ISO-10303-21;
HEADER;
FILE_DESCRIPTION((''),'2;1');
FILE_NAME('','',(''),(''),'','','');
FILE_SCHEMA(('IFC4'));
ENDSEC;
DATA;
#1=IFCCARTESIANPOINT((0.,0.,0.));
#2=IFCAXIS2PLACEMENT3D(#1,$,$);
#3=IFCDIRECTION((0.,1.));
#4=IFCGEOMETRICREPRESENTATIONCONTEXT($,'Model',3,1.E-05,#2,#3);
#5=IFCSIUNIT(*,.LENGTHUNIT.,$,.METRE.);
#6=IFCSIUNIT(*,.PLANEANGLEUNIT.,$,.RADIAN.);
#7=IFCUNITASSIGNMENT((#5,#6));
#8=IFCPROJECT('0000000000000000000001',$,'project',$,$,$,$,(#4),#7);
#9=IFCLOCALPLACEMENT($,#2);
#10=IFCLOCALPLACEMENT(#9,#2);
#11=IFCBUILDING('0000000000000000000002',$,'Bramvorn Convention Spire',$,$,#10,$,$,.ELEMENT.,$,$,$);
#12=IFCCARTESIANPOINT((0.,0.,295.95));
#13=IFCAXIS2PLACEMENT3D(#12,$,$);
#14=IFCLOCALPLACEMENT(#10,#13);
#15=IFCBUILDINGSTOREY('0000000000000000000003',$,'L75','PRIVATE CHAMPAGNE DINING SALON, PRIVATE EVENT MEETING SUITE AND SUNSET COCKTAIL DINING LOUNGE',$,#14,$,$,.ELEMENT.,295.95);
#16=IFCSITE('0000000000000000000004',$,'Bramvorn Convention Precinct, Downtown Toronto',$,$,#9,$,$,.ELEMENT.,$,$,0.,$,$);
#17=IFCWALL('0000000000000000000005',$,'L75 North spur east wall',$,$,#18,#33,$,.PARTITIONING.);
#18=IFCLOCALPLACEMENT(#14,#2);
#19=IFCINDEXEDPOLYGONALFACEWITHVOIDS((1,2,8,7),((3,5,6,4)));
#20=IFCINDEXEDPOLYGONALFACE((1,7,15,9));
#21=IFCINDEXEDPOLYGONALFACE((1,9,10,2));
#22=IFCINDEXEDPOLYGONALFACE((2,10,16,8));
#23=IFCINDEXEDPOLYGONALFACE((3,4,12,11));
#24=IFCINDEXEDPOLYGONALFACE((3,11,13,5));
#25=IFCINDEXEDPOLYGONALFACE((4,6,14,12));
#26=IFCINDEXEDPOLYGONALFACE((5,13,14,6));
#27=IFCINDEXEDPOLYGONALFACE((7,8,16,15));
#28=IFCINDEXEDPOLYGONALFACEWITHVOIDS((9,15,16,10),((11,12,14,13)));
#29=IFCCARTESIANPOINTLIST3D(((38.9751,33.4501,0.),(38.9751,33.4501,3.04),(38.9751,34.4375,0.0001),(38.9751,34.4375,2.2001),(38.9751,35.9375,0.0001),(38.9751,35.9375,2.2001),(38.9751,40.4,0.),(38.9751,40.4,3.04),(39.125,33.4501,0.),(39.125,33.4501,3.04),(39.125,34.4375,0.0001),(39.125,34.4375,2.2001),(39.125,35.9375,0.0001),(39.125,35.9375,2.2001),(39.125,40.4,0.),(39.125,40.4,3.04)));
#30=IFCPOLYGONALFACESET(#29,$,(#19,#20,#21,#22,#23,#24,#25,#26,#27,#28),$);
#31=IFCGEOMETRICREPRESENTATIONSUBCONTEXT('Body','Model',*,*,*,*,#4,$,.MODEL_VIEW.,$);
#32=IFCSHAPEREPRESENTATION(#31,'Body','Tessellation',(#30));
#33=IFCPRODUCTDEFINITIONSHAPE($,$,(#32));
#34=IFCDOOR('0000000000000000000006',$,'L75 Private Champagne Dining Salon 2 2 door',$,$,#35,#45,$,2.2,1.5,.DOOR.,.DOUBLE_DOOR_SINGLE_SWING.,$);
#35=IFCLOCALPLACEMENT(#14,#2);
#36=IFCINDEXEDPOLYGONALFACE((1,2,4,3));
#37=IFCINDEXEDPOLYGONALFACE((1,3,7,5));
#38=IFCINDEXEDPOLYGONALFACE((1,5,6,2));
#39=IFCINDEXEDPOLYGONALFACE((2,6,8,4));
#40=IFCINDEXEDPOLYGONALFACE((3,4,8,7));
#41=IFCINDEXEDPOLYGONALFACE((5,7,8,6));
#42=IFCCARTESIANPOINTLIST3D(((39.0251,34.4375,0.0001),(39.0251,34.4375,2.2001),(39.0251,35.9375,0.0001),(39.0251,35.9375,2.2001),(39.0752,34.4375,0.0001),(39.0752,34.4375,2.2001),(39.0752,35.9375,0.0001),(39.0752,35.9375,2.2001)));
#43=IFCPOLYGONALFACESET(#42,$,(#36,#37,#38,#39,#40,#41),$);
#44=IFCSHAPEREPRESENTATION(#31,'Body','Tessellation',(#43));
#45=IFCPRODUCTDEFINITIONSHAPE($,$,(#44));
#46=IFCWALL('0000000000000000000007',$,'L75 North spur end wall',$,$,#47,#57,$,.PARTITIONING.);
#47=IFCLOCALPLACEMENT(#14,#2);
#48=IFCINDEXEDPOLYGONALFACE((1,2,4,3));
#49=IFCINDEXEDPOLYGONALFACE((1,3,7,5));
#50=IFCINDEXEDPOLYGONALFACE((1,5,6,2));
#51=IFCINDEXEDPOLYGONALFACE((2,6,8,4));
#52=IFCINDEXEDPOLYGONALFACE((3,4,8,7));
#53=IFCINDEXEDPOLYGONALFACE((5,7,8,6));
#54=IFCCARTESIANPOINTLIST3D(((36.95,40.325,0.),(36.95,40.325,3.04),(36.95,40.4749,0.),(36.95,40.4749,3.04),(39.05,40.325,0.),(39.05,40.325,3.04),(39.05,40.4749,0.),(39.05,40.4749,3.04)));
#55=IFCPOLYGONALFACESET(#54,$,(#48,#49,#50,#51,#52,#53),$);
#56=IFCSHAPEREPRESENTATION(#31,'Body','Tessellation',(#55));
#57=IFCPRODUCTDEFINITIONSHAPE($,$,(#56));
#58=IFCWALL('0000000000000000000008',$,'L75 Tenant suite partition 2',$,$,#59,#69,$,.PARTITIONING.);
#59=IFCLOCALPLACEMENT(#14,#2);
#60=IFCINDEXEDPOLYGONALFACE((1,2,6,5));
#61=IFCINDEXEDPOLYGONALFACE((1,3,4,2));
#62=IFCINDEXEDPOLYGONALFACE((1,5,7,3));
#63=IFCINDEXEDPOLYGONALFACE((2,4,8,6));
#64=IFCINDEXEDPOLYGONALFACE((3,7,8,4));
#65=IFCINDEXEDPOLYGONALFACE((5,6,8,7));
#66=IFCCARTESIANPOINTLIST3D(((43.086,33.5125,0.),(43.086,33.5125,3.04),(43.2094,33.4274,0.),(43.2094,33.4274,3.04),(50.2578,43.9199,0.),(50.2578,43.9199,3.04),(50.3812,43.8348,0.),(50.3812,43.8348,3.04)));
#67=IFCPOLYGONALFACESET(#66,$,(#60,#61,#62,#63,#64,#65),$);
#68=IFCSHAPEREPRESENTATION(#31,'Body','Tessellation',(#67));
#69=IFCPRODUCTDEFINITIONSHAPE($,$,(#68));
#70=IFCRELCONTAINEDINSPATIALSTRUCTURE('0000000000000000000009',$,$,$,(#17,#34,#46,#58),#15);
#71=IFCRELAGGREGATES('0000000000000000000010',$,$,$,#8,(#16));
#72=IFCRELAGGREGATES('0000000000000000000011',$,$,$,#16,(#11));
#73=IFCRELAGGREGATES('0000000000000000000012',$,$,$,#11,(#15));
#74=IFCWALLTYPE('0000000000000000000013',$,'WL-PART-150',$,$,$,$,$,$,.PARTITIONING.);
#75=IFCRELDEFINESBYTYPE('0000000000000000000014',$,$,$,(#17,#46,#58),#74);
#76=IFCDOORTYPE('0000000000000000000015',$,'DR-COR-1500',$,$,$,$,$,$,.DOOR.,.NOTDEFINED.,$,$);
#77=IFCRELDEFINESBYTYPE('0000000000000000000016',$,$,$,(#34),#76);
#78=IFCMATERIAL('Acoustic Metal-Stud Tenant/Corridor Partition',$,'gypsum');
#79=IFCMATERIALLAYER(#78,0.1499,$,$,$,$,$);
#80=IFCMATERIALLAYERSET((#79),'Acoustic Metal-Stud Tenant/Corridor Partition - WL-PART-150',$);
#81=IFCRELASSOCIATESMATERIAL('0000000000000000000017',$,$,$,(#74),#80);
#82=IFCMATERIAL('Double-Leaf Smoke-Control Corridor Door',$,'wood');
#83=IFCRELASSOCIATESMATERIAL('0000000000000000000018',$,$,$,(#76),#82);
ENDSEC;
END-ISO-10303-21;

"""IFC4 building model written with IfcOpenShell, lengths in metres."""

from ifc_helpers import new_model, si_unit, direction, frame, frame_2d, origin, place, context, subcontext, project, spatial, rectangle, extrude, material, layer, layer_set, type_object, element, fill, save


model = new_model("IFC4")

# Units and contexts
model_context = context("Model", 3, precision=1e-05, world=origin(), true_north=direction((0.0, 1.0)))
body_context = subcontext(model_context, "Body", "Model", "MODEL_VIEW")
ifc_project = project(units=[si_unit("LENGTHUNIT", "METRE"), si_unit("PLANEANGLEUNIT", "RADIAN")], contexts=[model_context])

# Site, building, storey
site_placement = place(None, origin())
site = spatial("IfcSite", under=ifc_project, at=site_placement, Name="Bramvorn Convention Precinct, Downtown Toronto", CompositionType="ELEMENT", RefElevation=0.0)
building_placement = place(site_placement, origin())
building = spatial("IfcBuilding", under=site, at=building_placement, Name="Bramvorn Convention Spire", CompositionType="ELEMENT")
storey_placement = place(building_placement, frame((0.0, 0.0, 295.95)))
storey = spatial("IfcBuildingStorey", under=building, at=storey_placement, Name="L75", Description="PRIVATE CHAMPAGNE DINING SALON, PRIVATE EVENT MEETING SUITE AND SUNSET COCKTAIL DINING LOUNGE", CompositionType="ELEMENT", Elevation=295.95)

# Shared definitions
ifc_material_1 = material(Name="Acoustic Metal-Stud Tenant/Corridor Partition", Category="gypsum")
ifc_layer_1 = layer(ifc_material_1, 0.1499)
ifc_layer_set_1 = layer_set([ifc_layer_1], Name="Acoustic Metal-Stud Tenant/Corridor Partition - WL-PART-150")
wall_type_1 = type_object("IfcWallType", Name="WL-PART-150", PredefinedType="PARTITIONING", material=ifc_layer_set_1)

# Wall, opening, door
wall_1_placement = place(storey_placement, frame((39.05, 33.45, 0.0), z_axis=(0.0, 0.0, 1.0), x_axis=(0.0, 1.0, 0.0)))
wall_1 = element("IfcWall", 1, at=wall_1_placement, inside=storey, type_object=wall_type_1, Name="L75 North spur east wall", PredefinedType="PARTITIONING", context=body_context, shape_type="SweptSolid", body=[
    extrude(rectangle(XDim=6.95, YDim=0.1499, at=frame_2d((3.4751, 0.0))), origin(), (0.0, 0.0, 1.0), 3.04),
])
opening_1_placement = place(wall_1_placement, frame((0.9875, 0.0, 0.0)))
opening_1 = element("IfcOpeningElement", 2, at=opening_1_placement, cuts=wall_1, PredefinedType="OPENING", context=body_context, shape_type="SweptSolid", body=[
    extrude(rectangle(XDim=1.5, YDim=2.2, at=frame_2d((0.75, 1.1001))), frame((0.0, 0.085, 0.0), z_axis=(0.0, -1.0, 0.0), x_axis=(1.0, 0.0, 0.0)), (0.0, 0.0, 1.0), 0.1699),
])
ifc_material_2 = material(Name="Double-Leaf Smoke-Control Corridor Door", Category="wood")
door_type_1 = type_object("IfcDoorType", Name="DR-COR-1500", OperationType="NOTDEFINED", PredefinedType="DOOR", material=ifc_material_2)
door_1_placement = place(opening_1_placement, origin())
door_1 = element("IfcDoor", 3, at=door_1_placement, inside=storey, type_object=door_type_1, Name="L75 Private Champagne Dining Salon 2 2 door", OperationType="DOUBLE_DOOR_SINGLE_SWING", OverallHeight=2.2, OverallWidth=1.5, PredefinedType="DOOR", context=body_context, shape_type="SweptSolid", body=[
    extrude(rectangle(XDim=1.5, YDim=2.2, at=frame_2d((0.75, 1.1001))), frame((0.0, 0.0249, 0.0), z_axis=(0.0, -1.0, 0.0), x_axis=(1.0, 0.0, 0.0)), (0.0, 0.0, 1.0), 0.05),
])
fill(opening_1, door_1)

# Walls
wall_2_placement = place(storey_placement, frame((36.95, 40.3999, 0.0), z_axis=(0.0, 0.0, 1.0), x_axis=(1.0, 0.0, 0.0)))
element("IfcWall", 4, at=wall_2_placement, inside=storey, type_object=wall_type_1, Name="L75 North spur end wall", PredefinedType="PARTITIONING", context=body_context, shape_type="SweptSolid", body=[
    extrude(rectangle(XDim=2.1001, YDim=0.1499, at=frame_2d((1.05, 0.0))), origin(), (0.0, 0.0, 1.0), 3.04),
])
wall_3_placement = place(storey_placement, frame((43.1477, 33.47, 0.0), z_axis=(0.0, 0.0, 1.0), x_axis=(0.567428, 0.823423, 0.0)))
element("IfcWall", 5, at=wall_3_placement, inside=storey, type_object=wall_type_1, Name="L75 Tenant suite partition 2", PredefinedType="PARTITIONING", context=body_context, shape_type="SweptSolid", body=[
    extrude(rectangle(XDim=12.6392, YDim=0.1499, at=frame_2d((6.3196, 0.0))), origin(), (0.0, 0.0, 1.0), 3.04),
])

save(model, "model.ifc")
